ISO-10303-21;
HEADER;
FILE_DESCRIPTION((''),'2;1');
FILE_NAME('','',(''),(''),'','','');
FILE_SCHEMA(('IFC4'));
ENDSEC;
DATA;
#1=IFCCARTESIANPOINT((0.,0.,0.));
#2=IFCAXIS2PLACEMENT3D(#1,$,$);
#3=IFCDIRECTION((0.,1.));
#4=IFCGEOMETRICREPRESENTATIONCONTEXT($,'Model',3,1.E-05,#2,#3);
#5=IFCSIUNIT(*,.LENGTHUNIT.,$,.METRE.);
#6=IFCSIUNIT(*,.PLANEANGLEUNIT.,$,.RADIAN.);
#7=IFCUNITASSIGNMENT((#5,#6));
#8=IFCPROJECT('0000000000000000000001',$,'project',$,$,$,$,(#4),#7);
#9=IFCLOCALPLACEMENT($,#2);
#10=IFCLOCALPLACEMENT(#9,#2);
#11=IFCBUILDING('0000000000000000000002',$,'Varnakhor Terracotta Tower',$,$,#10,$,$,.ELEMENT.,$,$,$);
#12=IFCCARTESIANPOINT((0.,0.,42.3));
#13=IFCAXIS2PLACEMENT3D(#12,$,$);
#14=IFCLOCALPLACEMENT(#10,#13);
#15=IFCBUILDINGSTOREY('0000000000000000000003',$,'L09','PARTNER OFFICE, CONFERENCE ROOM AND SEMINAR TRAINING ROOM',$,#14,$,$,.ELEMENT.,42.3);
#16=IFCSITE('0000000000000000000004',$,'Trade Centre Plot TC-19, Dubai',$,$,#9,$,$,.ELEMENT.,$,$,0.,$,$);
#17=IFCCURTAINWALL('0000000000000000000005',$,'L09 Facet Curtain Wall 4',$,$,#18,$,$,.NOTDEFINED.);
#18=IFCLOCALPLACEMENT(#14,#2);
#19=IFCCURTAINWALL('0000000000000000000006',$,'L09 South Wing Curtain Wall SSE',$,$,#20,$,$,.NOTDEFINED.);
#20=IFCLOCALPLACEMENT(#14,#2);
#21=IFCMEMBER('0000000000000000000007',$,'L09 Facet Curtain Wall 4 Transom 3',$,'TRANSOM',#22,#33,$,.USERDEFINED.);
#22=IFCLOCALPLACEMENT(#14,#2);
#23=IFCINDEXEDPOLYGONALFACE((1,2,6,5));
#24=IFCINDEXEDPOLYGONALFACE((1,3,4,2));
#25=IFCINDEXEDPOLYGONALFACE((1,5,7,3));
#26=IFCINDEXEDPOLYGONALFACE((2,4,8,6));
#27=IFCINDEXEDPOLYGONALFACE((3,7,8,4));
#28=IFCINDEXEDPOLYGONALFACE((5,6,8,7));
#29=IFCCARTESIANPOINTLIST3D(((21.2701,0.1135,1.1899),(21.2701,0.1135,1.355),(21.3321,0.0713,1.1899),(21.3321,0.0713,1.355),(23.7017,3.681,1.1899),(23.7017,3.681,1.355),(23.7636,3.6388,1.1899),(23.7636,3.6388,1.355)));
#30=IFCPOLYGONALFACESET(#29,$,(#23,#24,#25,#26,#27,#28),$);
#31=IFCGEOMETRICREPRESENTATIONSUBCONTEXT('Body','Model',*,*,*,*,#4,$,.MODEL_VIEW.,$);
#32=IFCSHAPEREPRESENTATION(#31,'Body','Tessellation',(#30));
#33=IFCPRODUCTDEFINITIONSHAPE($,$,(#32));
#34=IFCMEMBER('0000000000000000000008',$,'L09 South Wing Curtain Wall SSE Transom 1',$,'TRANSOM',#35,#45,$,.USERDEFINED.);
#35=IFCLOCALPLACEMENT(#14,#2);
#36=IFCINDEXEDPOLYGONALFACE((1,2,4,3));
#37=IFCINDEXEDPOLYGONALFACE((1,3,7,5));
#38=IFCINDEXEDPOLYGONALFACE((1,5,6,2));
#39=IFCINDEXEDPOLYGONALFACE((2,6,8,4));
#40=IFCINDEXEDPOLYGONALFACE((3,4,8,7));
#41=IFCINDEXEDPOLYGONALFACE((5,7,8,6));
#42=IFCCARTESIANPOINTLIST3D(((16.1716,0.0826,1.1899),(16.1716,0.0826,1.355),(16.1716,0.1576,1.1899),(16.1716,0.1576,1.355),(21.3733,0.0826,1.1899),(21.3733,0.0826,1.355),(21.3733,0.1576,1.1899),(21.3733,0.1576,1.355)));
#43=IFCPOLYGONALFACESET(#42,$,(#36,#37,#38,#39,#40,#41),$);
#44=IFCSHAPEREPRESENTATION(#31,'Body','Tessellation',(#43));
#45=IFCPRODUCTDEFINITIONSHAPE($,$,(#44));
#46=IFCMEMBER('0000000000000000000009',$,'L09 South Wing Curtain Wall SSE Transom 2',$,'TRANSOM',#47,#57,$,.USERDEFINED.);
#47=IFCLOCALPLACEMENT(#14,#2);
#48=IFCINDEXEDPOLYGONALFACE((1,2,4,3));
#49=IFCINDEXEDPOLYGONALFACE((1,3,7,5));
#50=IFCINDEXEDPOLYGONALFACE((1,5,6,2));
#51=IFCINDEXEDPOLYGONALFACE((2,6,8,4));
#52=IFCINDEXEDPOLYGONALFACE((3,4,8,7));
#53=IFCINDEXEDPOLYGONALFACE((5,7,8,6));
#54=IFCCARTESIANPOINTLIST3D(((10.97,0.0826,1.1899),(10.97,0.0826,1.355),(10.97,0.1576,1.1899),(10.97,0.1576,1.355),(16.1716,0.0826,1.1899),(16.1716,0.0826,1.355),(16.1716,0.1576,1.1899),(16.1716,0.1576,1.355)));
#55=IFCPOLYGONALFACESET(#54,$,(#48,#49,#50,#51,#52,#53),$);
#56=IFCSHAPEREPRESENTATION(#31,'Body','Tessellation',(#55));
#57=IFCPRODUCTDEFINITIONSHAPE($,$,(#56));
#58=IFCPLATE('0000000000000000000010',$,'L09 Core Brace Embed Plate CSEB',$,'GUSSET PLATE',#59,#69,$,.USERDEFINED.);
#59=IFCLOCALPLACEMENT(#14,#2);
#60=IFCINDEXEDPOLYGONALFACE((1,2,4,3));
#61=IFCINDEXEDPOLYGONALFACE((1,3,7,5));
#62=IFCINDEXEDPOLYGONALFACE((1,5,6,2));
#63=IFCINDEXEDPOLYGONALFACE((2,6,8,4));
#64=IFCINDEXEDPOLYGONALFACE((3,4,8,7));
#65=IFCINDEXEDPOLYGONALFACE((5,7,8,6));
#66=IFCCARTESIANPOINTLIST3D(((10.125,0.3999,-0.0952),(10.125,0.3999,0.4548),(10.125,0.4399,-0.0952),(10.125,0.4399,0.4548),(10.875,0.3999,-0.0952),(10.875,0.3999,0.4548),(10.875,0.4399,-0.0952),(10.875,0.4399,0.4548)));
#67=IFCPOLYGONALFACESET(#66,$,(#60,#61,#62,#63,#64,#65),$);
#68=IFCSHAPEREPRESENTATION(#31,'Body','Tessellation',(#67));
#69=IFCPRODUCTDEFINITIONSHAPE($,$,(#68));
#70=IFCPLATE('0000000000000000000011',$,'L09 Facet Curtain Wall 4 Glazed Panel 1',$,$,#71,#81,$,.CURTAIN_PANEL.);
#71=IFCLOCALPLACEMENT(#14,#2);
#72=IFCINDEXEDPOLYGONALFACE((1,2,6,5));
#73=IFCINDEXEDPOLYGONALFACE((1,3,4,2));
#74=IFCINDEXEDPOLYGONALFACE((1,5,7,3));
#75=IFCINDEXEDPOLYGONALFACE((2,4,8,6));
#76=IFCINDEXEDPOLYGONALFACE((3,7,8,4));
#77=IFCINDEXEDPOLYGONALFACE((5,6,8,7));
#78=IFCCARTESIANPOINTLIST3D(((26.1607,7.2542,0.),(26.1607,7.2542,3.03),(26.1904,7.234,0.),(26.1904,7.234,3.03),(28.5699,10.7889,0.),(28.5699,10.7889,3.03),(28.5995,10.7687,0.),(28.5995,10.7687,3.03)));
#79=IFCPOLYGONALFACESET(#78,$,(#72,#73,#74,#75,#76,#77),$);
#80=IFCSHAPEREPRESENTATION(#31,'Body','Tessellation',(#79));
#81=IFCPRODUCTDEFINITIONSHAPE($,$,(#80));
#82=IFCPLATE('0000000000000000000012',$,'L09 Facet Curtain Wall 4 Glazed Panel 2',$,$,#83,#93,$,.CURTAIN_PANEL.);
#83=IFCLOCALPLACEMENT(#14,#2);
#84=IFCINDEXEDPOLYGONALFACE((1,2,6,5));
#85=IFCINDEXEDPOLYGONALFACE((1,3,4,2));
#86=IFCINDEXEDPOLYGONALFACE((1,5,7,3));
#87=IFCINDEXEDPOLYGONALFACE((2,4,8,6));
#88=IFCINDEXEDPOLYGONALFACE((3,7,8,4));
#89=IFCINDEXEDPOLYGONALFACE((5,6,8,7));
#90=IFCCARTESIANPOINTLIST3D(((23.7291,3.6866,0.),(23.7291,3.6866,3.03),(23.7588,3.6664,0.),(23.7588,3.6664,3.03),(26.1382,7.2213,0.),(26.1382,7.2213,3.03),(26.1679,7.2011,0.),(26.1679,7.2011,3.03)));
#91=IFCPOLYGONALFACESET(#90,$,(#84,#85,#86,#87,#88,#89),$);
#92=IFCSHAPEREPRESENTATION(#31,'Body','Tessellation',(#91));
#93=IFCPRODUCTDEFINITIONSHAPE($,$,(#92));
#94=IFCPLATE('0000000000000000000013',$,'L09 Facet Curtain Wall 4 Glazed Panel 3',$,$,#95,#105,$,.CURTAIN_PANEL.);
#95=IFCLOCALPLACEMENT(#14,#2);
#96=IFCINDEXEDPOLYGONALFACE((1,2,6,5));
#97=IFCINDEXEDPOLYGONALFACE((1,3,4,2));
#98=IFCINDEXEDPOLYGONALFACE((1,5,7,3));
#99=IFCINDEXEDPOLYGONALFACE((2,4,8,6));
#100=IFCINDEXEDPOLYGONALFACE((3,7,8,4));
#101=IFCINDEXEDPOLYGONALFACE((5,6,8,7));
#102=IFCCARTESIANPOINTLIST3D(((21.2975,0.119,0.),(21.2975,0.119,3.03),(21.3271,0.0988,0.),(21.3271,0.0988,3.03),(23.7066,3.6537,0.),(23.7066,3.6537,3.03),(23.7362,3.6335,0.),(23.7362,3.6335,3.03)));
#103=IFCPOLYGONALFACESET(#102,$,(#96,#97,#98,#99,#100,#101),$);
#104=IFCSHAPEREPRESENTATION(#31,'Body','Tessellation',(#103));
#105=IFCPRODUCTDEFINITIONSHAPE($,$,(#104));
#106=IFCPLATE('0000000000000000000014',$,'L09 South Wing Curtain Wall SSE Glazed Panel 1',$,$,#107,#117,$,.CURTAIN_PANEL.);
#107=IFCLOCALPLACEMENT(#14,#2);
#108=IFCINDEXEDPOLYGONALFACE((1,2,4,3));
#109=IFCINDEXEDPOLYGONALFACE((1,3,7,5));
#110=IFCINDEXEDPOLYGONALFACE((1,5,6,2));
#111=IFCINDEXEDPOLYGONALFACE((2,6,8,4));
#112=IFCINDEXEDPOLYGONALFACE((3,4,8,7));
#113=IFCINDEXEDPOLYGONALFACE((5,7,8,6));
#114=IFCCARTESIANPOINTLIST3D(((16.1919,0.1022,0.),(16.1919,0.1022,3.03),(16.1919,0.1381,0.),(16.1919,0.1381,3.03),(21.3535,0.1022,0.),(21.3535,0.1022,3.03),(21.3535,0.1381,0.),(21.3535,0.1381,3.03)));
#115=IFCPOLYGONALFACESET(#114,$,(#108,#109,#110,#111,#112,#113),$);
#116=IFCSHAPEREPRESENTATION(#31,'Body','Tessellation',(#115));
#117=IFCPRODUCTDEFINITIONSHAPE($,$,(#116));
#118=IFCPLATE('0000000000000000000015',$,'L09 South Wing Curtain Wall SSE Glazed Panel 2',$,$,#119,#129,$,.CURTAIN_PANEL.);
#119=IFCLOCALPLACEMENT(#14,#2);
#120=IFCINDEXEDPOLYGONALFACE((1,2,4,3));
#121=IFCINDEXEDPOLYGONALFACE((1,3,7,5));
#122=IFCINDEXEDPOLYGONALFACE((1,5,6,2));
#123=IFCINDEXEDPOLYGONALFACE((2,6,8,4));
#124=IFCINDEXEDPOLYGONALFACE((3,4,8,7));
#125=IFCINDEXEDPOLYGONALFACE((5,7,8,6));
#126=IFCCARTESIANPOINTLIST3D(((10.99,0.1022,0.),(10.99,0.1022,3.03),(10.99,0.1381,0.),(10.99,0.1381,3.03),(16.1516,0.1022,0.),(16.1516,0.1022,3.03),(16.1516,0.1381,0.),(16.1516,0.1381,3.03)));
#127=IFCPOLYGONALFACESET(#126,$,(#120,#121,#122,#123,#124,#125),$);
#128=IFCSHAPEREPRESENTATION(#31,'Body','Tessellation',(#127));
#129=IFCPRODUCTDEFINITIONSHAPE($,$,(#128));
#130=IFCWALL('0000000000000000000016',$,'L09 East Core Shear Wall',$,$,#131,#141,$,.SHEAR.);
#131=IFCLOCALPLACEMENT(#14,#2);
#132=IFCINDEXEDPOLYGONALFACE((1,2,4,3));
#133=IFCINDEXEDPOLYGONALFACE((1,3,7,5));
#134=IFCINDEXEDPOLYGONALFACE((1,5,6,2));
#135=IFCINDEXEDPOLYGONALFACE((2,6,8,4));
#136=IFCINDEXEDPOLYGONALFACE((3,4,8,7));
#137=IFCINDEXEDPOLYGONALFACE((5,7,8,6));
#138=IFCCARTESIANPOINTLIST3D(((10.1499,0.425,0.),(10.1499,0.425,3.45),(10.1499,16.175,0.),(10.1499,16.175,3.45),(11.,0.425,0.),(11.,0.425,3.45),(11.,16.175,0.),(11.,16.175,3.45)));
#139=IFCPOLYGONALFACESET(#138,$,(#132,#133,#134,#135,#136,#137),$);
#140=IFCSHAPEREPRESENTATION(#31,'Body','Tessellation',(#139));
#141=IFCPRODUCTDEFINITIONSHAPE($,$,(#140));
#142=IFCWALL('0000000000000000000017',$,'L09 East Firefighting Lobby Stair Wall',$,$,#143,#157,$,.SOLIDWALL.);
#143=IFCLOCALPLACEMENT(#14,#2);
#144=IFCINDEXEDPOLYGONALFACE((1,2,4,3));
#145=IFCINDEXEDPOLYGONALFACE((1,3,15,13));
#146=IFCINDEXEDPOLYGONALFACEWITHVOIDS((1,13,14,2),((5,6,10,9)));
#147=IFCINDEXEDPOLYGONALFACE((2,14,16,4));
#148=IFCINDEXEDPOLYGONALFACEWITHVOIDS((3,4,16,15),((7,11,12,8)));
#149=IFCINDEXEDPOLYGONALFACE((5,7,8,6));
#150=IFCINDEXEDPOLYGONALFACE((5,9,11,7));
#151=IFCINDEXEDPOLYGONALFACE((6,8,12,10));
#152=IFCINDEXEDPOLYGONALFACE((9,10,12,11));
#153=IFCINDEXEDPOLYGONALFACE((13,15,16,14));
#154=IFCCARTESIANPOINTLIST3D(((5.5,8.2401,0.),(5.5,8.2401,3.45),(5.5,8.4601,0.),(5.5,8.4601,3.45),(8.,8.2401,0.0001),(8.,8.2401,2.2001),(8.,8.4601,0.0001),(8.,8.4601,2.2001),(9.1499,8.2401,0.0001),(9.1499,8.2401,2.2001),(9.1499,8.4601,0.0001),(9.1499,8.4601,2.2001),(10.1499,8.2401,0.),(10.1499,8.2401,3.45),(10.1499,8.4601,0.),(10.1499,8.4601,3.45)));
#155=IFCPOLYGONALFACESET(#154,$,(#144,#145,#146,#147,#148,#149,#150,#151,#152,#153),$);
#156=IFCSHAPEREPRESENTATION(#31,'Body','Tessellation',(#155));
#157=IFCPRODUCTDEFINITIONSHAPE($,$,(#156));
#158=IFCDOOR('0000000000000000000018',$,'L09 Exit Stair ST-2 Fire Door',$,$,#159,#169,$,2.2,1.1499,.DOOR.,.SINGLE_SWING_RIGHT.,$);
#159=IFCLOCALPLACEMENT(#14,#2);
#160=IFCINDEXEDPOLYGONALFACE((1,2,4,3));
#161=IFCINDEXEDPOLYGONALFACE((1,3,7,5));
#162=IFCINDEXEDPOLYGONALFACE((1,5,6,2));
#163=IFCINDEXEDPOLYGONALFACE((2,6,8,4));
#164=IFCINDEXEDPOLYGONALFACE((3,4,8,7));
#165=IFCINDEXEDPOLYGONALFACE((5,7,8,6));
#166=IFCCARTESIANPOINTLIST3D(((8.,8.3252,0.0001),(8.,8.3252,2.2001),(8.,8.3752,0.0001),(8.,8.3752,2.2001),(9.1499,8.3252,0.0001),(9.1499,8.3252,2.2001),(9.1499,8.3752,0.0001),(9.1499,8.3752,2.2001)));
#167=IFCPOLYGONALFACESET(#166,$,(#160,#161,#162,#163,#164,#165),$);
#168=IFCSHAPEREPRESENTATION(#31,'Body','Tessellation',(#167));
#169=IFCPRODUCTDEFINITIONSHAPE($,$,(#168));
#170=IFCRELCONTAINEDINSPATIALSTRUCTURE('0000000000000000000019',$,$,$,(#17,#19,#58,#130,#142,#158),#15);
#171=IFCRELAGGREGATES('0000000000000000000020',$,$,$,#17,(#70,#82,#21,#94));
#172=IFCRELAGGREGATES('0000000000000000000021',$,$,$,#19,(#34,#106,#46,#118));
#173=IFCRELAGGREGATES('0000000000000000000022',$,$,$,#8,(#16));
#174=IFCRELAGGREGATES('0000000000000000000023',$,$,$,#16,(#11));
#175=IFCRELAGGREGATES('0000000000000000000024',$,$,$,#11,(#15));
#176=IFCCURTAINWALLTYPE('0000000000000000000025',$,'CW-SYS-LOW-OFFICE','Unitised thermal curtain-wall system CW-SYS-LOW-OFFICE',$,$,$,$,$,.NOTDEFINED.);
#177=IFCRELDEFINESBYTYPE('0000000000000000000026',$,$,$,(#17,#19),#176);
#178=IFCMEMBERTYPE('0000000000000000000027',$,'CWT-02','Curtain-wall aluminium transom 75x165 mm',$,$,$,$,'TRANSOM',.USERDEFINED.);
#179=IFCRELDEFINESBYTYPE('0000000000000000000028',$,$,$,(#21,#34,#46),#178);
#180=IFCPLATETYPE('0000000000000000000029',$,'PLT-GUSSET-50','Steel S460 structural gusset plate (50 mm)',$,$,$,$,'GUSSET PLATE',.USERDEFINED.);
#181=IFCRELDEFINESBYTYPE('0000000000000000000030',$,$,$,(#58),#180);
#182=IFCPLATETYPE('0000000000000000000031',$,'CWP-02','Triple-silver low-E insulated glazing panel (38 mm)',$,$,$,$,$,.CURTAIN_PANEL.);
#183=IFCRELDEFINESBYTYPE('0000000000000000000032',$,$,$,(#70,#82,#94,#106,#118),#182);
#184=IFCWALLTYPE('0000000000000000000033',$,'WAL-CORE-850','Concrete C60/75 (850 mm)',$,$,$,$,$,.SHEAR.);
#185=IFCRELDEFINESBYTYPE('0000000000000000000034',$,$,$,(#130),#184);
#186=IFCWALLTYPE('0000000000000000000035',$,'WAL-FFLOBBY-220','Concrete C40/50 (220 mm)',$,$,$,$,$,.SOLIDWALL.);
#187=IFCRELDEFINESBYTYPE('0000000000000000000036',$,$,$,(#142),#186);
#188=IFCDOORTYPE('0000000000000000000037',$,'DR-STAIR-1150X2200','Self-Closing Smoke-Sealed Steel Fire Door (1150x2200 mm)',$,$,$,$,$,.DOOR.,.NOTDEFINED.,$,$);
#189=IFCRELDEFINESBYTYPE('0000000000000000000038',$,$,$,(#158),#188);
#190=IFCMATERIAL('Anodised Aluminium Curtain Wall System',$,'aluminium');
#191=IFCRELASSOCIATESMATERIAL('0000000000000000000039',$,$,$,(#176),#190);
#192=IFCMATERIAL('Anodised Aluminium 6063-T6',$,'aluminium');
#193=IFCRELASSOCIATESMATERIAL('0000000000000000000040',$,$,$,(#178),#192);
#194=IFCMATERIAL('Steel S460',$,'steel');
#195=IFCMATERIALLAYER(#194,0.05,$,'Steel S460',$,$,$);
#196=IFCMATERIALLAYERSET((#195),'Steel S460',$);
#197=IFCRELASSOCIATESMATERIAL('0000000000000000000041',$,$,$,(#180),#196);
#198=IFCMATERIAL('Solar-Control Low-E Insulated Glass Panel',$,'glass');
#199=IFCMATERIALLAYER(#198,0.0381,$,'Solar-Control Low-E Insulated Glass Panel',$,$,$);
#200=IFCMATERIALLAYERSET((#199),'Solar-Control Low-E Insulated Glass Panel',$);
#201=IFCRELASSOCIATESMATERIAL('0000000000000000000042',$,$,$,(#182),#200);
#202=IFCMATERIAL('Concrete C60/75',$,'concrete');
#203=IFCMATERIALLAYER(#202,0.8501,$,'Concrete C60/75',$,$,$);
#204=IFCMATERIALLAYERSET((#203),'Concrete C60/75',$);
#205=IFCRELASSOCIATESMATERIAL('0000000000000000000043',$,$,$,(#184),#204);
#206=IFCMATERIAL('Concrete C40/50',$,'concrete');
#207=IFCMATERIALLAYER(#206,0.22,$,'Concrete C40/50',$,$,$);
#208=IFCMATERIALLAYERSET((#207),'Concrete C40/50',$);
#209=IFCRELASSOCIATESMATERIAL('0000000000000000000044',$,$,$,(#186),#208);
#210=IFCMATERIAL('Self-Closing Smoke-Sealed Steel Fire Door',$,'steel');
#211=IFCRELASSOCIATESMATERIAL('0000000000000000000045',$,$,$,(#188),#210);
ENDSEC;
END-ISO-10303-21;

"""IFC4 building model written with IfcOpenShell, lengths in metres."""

from ifc_helpers import new_model, si_unit, direction, frame, frame_2d, origin, origin_2d, place, context, subcontext, project, spatial, rectangle, extrude, source, transform, mapped, material, layer, layer_set, material_profile, profile_set, type_object, type_shapes, element, fill, aggregate, save


model = new_model("IFC4")

# Units and contexts
model_context = context("Model", 3, precision=1e-05, world=origin(), true_north=direction((0.0, 1.0)))
body_context = subcontext(model_context, "Body", "Model", "MODEL_VIEW")
ifc_project = project(units=[si_unit("LENGTHUNIT", "METRE"), si_unit("PLANEANGLEUNIT", "RADIAN")], contexts=[model_context])

# Site, building, storey
site_placement = place(None, origin())
site = spatial("IfcSite", under=ifc_project, at=site_placement, Name="Trade Centre Plot TC-19, Dubai", CompositionType="ELEMENT", RefElevation=0.0)
building_placement = place(site_placement, origin())
building = spatial("IfcBuilding", under=site, at=building_placement, Name="Varnakhor Terracotta Tower", CompositionType="ELEMENT")
storey_placement = place(building_placement, frame((0.0, 0.0, 42.3)))
storey = spatial("IfcBuildingStorey", under=building, at=storey_placement, Name="L09", Description="PARTNER OFFICE, CONFERENCE ROOM AND SEMINAR TRAINING ROOM", CompositionType="ELEMENT", Elevation=42.3)

# Shared definitions
ifc_material_1 = material(Name="Steel S460", Category="steel")

# Curtain walls
ifc_material_2 = material(Name="Anodised Aluminium Curtain Wall System", Category="aluminium")
curtain_wall_type = type_object("IfcCurtainWallType", Name="CW-SYS-LOW-OFFICE", Description="Unitised thermal curtain-wall system CW-SYS-LOW-OFFICE", PredefinedType="NOTDEFINED", material=ifc_material_2)
curtain_wall_1_placement = place(storey_placement, origin())
curtain_wall_1 = element("IfcCurtainWall", 1, at=curtain_wall_1_placement, inside=storey, type_object=curtain_wall_type, Name="L09 Facet Curtain Wall 4", PredefinedType="NOTDEFINED")
ifc_material_3 = material(Name="Anodised Aluminium 6063-T6", Category="aluminium")
curtain_wall_2_placement = place(storey_placement, origin())
curtain_wall_2 = element("IfcCurtainWall", 2, at=curtain_wall_2_placement, inside=storey, type_object=curtain_wall_type, Name="L09 South Wing Curtain Wall SSE", PredefinedType="NOTDEFINED")

# Members
ifc_material_profile_1 = material_profile(ifc_material_3, rectangle(XDim=0.075, YDim=0.165, at=origin_2d()), Name="ALU TRANSOM 75x165")
ifc_profile_set_1 = profile_set([ifc_material_profile_1], Name="Anodised Aluminium 6063-T6")
member_type_1 = type_object("IfcMemberType", Name="CWT-02", Description="Curtain-wall aluminium transom 75x165 mm", ElementType="TRANSOM", PredefinedType="USERDEFINED", material=ifc_profile_set_1)
shared_shape_1 = source(origin(), body_context, "Body", "SweptSolid", [
    extrude(rectangle(XDim=0.075, YDim=0.165, at=origin_2d()), origin(), (0.0, 0.0, 1.0), 4.3174),
])
member_1_placement = place(storey_placement, frame((23.7327, 3.6599, 1.2725), z_axis=(-0.563205, -0.826317, 0.0), x_axis=(0.826317, -0.563205, 0.0)))
member_1 = element("IfcMember", 3, at=member_1_placement, type_object=member_type_1, Name="L09 Facet Curtain Wall 4 Transom 3", ObjectType="TRANSOM", PredefinedType="USERDEFINED", context=body_context, shape_type="MappedRepresentation", body=[
    mapped(shared_shape_1, transform((0.0, 0.0, 0.0), scale=1.0)),
])
shared_shape_2 = source(origin(), body_context, "Body", "SweptSolid", [
    extrude(rectangle(XDim=0.075, YDim=0.165, at=origin_2d()), origin(), (0.0, 0.0, 1.0), 5.2017),
])
member_2_placement = place(storey_placement, frame((21.3733, 0.1201, 1.2725), z_axis=(-1.0, 0.0, 0.0), x_axis=(0.0, -1.0, 0.0)))
member_2 = element("IfcMember", 4, at=member_2_placement, type_object=member_type_1, Name="L09 South Wing Curtain Wall SSE Transom 1", ObjectType="TRANSOM", PredefinedType="USERDEFINED", context=body_context, shape_type="MappedRepresentation", body=[
    mapped(shared_shape_2, transform((0.0, 0.0, 0.0), scale=1.0)),
])
member_3_placement = place(storey_placement, frame((16.1716, 0.1201, 1.2725), z_axis=(-1.0, 0.0, 0.0), x_axis=(0.0, -1.0, 0.0)))
member_3 = element("IfcMember", 5, at=member_3_placement, type_object=member_type_1, Name="L09 South Wing Curtain Wall SSE Transom 2", ObjectType="TRANSOM", PredefinedType="USERDEFINED", context=body_context, shape_type="MappedRepresentation", body=[
    mapped(shared_shape_2, transform((0.0, 0.0, 0.0), scale=1.0)),
])

# Plates
ifc_layer_1 = layer(ifc_material_1, 0.05, Name="Steel S460")
ifc_layer_set_1 = layer_set([ifc_layer_1], Name="Steel S460")
plate_type_1 = type_object("IfcPlateType", Name="PLT-GUSSET-50", Description="Steel S460 structural gusset plate (50 mm)", ElementType="GUSSET PLATE", PredefinedType="USERDEFINED", material=ifc_layer_set_1)
shared_shape_3 = source(origin(), body_context, "Body", "SweptSolid", [
    extrude(rectangle(XDim=0.75, YDim=0.04, at=origin_2d()), origin(), (0.0, 0.0, 1.0), 0.55),
])
type_shapes(plate_type_1, [shared_shape_3])
plate_1_placement = place(storey_placement, frame((10.5, 0.4199, -0.0952), z_axis=(0.0, 0.0, 1.0), x_axis=(1.0, 0.0, 0.0)))
element("IfcPlate", 6, at=plate_1_placement, inside=storey, type_object=plate_type_1, Name="L09 Core Brace Embed Plate CSEB", ObjectType="GUSSET PLATE", PredefinedType="USERDEFINED", context=body_context, shape_type="MappedRepresentation", body=[
    mapped(shared_shape_3, transform((0.0, 0.0, 0.0), scale=1.0)),
])
ifc_material_4 = material(Name="Solar-Control Low-E Insulated Glass Panel", Category="glass")
ifc_layer_2 = layer(ifc_material_4, 0.0381, Name="Solar-Control Low-E Insulated Glass Panel")
ifc_layer_set_2 = layer_set([ifc_layer_2], Name="Solar-Control Low-E Insulated Glass Panel")
plate_type_2 = type_object("IfcPlateType", Name="CWP-02", Description="Triple-silver low-E insulated glazing panel (38 mm)", PredefinedType="CURTAIN_PANEL", material=ifc_layer_set_2)
shared_shape_4 = source(origin(), body_context, "Body", "SweptSolid", [
    extrude(rectangle(XDim=4.2776, YDim=0.0359, at=origin_2d()), origin(), (0.0, 0.0, 1.0), 3.03),
])
plate_2_placement = place(storey_placement, frame((27.3801, 9.0115, 0.0), z_axis=(0.0, 0.0, 1.0), x_axis=(-0.563194, -0.826324, 0.0)))
plate_2 = element("IfcPlate", 7, at=plate_2_placement, type_object=plate_type_2, Name="L09 Facet Curtain Wall 4 Glazed Panel 1", PredefinedType="CURTAIN_PANEL", context=body_context, shape_type="MappedRepresentation", body=[
    mapped(shared_shape_4, transform((0.0, 0.0, 0.0), scale=1.0)),
])
plate_3_placement = place(storey_placement, frame((24.9485, 5.4438, 0.0), z_axis=(0.0, 0.0, 1.0), x_axis=(-0.563194, -0.826324, 0.0)))
plate_3 = element("IfcPlate", 8, at=plate_3_placement, type_object=plate_type_2, Name="L09 Facet Curtain Wall 4 Glazed Panel 2", PredefinedType="CURTAIN_PANEL", context=body_context, shape_type="MappedRepresentation", body=[
    mapped(shared_shape_4, transform((0.0, 0.0, 0.0), scale=1.0)),
])
plate_4_placement = place(storey_placement, frame((22.5168, 1.8762, 0.0), z_axis=(0.0, 0.0, 1.0), x_axis=(-0.563194, -0.826324, 0.0)))
plate_4 = element("IfcPlate", 9, at=plate_4_placement, type_object=plate_type_2, Name="L09 Facet Curtain Wall 4 Glazed Panel 3", PredefinedType="CURTAIN_PANEL", context=body_context, shape_type="MappedRepresentation", body=[
    mapped(shared_shape_4, transform((0.0, 0.0, 0.0), scale=1.0)),
])
aggregate(curtain_wall_1, [plate_2, plate_3, member_1, plate_4])
shared_shape_5 = source(origin(), body_context, "Body", "SweptSolid", [
    extrude(rectangle(XDim=5.1616, YDim=0.0359, at=origin_2d()), origin(), (0.0, 0.0, 1.0), 3.03),
])
plate_5_placement = place(storey_placement, frame((18.7727, 0.1201, 0.0), z_axis=(0.0, 0.0, 1.0), x_axis=(-1.0, 0.0, 0.0)))
plate_5 = element("IfcPlate", 10, at=plate_5_placement, type_object=plate_type_2, Name="L09 South Wing Curtain Wall SSE Glazed Panel 1", PredefinedType="CURTAIN_PANEL", context=body_context, shape_type="MappedRepresentation", body=[
    mapped(shared_shape_5, transform((0.0, 0.0, 0.0), scale=1.0)),
])
plate_6_placement = place(storey_placement, frame((13.5708, 0.1201, 0.0), z_axis=(0.0, 0.0, 1.0), x_axis=(-1.0, 0.0, 0.0)))
plate_6 = element("IfcPlate", 11, at=plate_6_placement, type_object=plate_type_2, Name="L09 South Wing Curtain Wall SSE Glazed Panel 2", PredefinedType="CURTAIN_PANEL", context=body_context, shape_type="MappedRepresentation", body=[
    mapped(shared_shape_5, transform((0.0, 0.0, 0.0), scale=1.0)),
])
aggregate(curtain_wall_2, [member_2, plate_5, member_3, plate_6])

# Wall
ifc_material_5 = material(Name="Concrete C60/75", Category="concrete")
ifc_layer_3 = layer(ifc_material_5, 0.8501, Name="Concrete C60/75")
ifc_layer_set_3 = layer_set([ifc_layer_3], Name="Concrete C60/75")
wall_type_1 = type_object("IfcWallType", Name="WAL-CORE-850", Description="Concrete C60/75 (850 mm)", PredefinedType="SHEAR", material=ifc_layer_set_3)
wall_1_placement = place(storey_placement, frame((10.575, 0.425, 0.0), z_axis=(0.0, 0.0, 1.0), x_axis=(0.0, 1.0, 0.0)))
element("IfcWall", 12, at=wall_1_placement, inside=storey, type_object=wall_type_1, Name="L09 East Core Shear Wall", PredefinedType="SHEAR", context=body_context, shape_type="SweptSolid", body=[
    extrude(rectangle(XDim=15.75, YDim=0.8501, at=frame_2d((7.875, 0.0))), origin(), (0.0, 0.0, 1.0), 3.45),
])

# Wall, opening, door
ifc_material_6 = material(Name="Concrete C40/50", Category="concrete")
ifc_layer_4 = layer(ifc_material_6, 0.22, Name="Concrete C40/50")
ifc_layer_set_4 = layer_set([ifc_layer_4], Name="Concrete C40/50")
wall_type_2 = type_object("IfcWallType", Name="WAL-FFLOBBY-220", Description="Concrete C40/50 (220 mm)", PredefinedType="SOLIDWALL", material=ifc_layer_set_4)
wall_2_placement = place(storey_placement, frame((10.1499, 8.3501, 0.0), z_axis=(0.0, 0.0, 1.0), x_axis=(-1.0, 0.0, 0.0)))
wall_2 = element("IfcWall", 13, at=wall_2_placement, inside=storey, type_object=wall_type_2, Name="L09 East Firefighting Lobby Stair Wall", PredefinedType="SOLIDWALL", context=body_context, shape_type="SweptSolid", body=[
    extrude(rectangle(XDim=4.6499, YDim=0.22, at=frame_2d((2.325, 0.0))), origin(), (0.0, 0.0, 1.0), 3.45),
])
opening_placement = place(wall_2_placement, frame((1.0, 0.0, 0.0)))
opening = element("IfcOpeningElement", 14, at=opening_placement, cuts=wall_2, PredefinedType="OPENING", context=body_context, shape_type="SweptSolid", body=[
    extrude(rectangle(XDim=1.1499, YDim=2.2, at=frame_2d((0.575, 1.1001))), frame((0.0, 0.1201, 0.0), z_axis=(0.0, -1.0, 0.0), x_axis=(1.0, 0.0, 0.0)), (0.0, 0.0, 1.0), 0.24),
])
ifc_material_7 = material(Name="Self-Closing Smoke-Sealed Steel Fire Door", Category="steel")
door_type = type_object("IfcDoorType", Name="DR-STAIR-1150X2200", Description="Self-Closing Smoke-Sealed Steel Fire Door (1150x2200 mm)", OperationType="NOTDEFINED", PredefinedType="DOOR", material=ifc_material_7)
shared_shape_6 = source(origin(), body_context, "Body", "SweptSolid", [
    extrude(rectangle(XDim=1.1499, YDim=2.2, at=frame_2d((0.575, 1.1001))), frame((0.0, 0.0249, 0.0), z_axis=(0.0, -1.0, 0.0), x_axis=(1.0, 0.0, 0.0)), (0.0, 0.0, 1.0), 0.05),
])
type_shapes(door_type, [shared_shape_6])
door_placement = place(opening_placement, origin())
door = element("IfcDoor", 15, at=door_placement, inside=storey, type_object=door_type, Name="L09 Exit Stair ST-2 Fire Door", OperationType="SINGLE_SWING_RIGHT", OverallHeight=2.2, OverallWidth=1.1499, PredefinedType="DOOR", context=body_context, shape_type="MappedRepresentation", body=[
    mapped(shared_shape_6, transform((0.0, 0.0, 0.0), scale=1.0)),
])
fill(opening, door)

save(model, "model.ifc")
